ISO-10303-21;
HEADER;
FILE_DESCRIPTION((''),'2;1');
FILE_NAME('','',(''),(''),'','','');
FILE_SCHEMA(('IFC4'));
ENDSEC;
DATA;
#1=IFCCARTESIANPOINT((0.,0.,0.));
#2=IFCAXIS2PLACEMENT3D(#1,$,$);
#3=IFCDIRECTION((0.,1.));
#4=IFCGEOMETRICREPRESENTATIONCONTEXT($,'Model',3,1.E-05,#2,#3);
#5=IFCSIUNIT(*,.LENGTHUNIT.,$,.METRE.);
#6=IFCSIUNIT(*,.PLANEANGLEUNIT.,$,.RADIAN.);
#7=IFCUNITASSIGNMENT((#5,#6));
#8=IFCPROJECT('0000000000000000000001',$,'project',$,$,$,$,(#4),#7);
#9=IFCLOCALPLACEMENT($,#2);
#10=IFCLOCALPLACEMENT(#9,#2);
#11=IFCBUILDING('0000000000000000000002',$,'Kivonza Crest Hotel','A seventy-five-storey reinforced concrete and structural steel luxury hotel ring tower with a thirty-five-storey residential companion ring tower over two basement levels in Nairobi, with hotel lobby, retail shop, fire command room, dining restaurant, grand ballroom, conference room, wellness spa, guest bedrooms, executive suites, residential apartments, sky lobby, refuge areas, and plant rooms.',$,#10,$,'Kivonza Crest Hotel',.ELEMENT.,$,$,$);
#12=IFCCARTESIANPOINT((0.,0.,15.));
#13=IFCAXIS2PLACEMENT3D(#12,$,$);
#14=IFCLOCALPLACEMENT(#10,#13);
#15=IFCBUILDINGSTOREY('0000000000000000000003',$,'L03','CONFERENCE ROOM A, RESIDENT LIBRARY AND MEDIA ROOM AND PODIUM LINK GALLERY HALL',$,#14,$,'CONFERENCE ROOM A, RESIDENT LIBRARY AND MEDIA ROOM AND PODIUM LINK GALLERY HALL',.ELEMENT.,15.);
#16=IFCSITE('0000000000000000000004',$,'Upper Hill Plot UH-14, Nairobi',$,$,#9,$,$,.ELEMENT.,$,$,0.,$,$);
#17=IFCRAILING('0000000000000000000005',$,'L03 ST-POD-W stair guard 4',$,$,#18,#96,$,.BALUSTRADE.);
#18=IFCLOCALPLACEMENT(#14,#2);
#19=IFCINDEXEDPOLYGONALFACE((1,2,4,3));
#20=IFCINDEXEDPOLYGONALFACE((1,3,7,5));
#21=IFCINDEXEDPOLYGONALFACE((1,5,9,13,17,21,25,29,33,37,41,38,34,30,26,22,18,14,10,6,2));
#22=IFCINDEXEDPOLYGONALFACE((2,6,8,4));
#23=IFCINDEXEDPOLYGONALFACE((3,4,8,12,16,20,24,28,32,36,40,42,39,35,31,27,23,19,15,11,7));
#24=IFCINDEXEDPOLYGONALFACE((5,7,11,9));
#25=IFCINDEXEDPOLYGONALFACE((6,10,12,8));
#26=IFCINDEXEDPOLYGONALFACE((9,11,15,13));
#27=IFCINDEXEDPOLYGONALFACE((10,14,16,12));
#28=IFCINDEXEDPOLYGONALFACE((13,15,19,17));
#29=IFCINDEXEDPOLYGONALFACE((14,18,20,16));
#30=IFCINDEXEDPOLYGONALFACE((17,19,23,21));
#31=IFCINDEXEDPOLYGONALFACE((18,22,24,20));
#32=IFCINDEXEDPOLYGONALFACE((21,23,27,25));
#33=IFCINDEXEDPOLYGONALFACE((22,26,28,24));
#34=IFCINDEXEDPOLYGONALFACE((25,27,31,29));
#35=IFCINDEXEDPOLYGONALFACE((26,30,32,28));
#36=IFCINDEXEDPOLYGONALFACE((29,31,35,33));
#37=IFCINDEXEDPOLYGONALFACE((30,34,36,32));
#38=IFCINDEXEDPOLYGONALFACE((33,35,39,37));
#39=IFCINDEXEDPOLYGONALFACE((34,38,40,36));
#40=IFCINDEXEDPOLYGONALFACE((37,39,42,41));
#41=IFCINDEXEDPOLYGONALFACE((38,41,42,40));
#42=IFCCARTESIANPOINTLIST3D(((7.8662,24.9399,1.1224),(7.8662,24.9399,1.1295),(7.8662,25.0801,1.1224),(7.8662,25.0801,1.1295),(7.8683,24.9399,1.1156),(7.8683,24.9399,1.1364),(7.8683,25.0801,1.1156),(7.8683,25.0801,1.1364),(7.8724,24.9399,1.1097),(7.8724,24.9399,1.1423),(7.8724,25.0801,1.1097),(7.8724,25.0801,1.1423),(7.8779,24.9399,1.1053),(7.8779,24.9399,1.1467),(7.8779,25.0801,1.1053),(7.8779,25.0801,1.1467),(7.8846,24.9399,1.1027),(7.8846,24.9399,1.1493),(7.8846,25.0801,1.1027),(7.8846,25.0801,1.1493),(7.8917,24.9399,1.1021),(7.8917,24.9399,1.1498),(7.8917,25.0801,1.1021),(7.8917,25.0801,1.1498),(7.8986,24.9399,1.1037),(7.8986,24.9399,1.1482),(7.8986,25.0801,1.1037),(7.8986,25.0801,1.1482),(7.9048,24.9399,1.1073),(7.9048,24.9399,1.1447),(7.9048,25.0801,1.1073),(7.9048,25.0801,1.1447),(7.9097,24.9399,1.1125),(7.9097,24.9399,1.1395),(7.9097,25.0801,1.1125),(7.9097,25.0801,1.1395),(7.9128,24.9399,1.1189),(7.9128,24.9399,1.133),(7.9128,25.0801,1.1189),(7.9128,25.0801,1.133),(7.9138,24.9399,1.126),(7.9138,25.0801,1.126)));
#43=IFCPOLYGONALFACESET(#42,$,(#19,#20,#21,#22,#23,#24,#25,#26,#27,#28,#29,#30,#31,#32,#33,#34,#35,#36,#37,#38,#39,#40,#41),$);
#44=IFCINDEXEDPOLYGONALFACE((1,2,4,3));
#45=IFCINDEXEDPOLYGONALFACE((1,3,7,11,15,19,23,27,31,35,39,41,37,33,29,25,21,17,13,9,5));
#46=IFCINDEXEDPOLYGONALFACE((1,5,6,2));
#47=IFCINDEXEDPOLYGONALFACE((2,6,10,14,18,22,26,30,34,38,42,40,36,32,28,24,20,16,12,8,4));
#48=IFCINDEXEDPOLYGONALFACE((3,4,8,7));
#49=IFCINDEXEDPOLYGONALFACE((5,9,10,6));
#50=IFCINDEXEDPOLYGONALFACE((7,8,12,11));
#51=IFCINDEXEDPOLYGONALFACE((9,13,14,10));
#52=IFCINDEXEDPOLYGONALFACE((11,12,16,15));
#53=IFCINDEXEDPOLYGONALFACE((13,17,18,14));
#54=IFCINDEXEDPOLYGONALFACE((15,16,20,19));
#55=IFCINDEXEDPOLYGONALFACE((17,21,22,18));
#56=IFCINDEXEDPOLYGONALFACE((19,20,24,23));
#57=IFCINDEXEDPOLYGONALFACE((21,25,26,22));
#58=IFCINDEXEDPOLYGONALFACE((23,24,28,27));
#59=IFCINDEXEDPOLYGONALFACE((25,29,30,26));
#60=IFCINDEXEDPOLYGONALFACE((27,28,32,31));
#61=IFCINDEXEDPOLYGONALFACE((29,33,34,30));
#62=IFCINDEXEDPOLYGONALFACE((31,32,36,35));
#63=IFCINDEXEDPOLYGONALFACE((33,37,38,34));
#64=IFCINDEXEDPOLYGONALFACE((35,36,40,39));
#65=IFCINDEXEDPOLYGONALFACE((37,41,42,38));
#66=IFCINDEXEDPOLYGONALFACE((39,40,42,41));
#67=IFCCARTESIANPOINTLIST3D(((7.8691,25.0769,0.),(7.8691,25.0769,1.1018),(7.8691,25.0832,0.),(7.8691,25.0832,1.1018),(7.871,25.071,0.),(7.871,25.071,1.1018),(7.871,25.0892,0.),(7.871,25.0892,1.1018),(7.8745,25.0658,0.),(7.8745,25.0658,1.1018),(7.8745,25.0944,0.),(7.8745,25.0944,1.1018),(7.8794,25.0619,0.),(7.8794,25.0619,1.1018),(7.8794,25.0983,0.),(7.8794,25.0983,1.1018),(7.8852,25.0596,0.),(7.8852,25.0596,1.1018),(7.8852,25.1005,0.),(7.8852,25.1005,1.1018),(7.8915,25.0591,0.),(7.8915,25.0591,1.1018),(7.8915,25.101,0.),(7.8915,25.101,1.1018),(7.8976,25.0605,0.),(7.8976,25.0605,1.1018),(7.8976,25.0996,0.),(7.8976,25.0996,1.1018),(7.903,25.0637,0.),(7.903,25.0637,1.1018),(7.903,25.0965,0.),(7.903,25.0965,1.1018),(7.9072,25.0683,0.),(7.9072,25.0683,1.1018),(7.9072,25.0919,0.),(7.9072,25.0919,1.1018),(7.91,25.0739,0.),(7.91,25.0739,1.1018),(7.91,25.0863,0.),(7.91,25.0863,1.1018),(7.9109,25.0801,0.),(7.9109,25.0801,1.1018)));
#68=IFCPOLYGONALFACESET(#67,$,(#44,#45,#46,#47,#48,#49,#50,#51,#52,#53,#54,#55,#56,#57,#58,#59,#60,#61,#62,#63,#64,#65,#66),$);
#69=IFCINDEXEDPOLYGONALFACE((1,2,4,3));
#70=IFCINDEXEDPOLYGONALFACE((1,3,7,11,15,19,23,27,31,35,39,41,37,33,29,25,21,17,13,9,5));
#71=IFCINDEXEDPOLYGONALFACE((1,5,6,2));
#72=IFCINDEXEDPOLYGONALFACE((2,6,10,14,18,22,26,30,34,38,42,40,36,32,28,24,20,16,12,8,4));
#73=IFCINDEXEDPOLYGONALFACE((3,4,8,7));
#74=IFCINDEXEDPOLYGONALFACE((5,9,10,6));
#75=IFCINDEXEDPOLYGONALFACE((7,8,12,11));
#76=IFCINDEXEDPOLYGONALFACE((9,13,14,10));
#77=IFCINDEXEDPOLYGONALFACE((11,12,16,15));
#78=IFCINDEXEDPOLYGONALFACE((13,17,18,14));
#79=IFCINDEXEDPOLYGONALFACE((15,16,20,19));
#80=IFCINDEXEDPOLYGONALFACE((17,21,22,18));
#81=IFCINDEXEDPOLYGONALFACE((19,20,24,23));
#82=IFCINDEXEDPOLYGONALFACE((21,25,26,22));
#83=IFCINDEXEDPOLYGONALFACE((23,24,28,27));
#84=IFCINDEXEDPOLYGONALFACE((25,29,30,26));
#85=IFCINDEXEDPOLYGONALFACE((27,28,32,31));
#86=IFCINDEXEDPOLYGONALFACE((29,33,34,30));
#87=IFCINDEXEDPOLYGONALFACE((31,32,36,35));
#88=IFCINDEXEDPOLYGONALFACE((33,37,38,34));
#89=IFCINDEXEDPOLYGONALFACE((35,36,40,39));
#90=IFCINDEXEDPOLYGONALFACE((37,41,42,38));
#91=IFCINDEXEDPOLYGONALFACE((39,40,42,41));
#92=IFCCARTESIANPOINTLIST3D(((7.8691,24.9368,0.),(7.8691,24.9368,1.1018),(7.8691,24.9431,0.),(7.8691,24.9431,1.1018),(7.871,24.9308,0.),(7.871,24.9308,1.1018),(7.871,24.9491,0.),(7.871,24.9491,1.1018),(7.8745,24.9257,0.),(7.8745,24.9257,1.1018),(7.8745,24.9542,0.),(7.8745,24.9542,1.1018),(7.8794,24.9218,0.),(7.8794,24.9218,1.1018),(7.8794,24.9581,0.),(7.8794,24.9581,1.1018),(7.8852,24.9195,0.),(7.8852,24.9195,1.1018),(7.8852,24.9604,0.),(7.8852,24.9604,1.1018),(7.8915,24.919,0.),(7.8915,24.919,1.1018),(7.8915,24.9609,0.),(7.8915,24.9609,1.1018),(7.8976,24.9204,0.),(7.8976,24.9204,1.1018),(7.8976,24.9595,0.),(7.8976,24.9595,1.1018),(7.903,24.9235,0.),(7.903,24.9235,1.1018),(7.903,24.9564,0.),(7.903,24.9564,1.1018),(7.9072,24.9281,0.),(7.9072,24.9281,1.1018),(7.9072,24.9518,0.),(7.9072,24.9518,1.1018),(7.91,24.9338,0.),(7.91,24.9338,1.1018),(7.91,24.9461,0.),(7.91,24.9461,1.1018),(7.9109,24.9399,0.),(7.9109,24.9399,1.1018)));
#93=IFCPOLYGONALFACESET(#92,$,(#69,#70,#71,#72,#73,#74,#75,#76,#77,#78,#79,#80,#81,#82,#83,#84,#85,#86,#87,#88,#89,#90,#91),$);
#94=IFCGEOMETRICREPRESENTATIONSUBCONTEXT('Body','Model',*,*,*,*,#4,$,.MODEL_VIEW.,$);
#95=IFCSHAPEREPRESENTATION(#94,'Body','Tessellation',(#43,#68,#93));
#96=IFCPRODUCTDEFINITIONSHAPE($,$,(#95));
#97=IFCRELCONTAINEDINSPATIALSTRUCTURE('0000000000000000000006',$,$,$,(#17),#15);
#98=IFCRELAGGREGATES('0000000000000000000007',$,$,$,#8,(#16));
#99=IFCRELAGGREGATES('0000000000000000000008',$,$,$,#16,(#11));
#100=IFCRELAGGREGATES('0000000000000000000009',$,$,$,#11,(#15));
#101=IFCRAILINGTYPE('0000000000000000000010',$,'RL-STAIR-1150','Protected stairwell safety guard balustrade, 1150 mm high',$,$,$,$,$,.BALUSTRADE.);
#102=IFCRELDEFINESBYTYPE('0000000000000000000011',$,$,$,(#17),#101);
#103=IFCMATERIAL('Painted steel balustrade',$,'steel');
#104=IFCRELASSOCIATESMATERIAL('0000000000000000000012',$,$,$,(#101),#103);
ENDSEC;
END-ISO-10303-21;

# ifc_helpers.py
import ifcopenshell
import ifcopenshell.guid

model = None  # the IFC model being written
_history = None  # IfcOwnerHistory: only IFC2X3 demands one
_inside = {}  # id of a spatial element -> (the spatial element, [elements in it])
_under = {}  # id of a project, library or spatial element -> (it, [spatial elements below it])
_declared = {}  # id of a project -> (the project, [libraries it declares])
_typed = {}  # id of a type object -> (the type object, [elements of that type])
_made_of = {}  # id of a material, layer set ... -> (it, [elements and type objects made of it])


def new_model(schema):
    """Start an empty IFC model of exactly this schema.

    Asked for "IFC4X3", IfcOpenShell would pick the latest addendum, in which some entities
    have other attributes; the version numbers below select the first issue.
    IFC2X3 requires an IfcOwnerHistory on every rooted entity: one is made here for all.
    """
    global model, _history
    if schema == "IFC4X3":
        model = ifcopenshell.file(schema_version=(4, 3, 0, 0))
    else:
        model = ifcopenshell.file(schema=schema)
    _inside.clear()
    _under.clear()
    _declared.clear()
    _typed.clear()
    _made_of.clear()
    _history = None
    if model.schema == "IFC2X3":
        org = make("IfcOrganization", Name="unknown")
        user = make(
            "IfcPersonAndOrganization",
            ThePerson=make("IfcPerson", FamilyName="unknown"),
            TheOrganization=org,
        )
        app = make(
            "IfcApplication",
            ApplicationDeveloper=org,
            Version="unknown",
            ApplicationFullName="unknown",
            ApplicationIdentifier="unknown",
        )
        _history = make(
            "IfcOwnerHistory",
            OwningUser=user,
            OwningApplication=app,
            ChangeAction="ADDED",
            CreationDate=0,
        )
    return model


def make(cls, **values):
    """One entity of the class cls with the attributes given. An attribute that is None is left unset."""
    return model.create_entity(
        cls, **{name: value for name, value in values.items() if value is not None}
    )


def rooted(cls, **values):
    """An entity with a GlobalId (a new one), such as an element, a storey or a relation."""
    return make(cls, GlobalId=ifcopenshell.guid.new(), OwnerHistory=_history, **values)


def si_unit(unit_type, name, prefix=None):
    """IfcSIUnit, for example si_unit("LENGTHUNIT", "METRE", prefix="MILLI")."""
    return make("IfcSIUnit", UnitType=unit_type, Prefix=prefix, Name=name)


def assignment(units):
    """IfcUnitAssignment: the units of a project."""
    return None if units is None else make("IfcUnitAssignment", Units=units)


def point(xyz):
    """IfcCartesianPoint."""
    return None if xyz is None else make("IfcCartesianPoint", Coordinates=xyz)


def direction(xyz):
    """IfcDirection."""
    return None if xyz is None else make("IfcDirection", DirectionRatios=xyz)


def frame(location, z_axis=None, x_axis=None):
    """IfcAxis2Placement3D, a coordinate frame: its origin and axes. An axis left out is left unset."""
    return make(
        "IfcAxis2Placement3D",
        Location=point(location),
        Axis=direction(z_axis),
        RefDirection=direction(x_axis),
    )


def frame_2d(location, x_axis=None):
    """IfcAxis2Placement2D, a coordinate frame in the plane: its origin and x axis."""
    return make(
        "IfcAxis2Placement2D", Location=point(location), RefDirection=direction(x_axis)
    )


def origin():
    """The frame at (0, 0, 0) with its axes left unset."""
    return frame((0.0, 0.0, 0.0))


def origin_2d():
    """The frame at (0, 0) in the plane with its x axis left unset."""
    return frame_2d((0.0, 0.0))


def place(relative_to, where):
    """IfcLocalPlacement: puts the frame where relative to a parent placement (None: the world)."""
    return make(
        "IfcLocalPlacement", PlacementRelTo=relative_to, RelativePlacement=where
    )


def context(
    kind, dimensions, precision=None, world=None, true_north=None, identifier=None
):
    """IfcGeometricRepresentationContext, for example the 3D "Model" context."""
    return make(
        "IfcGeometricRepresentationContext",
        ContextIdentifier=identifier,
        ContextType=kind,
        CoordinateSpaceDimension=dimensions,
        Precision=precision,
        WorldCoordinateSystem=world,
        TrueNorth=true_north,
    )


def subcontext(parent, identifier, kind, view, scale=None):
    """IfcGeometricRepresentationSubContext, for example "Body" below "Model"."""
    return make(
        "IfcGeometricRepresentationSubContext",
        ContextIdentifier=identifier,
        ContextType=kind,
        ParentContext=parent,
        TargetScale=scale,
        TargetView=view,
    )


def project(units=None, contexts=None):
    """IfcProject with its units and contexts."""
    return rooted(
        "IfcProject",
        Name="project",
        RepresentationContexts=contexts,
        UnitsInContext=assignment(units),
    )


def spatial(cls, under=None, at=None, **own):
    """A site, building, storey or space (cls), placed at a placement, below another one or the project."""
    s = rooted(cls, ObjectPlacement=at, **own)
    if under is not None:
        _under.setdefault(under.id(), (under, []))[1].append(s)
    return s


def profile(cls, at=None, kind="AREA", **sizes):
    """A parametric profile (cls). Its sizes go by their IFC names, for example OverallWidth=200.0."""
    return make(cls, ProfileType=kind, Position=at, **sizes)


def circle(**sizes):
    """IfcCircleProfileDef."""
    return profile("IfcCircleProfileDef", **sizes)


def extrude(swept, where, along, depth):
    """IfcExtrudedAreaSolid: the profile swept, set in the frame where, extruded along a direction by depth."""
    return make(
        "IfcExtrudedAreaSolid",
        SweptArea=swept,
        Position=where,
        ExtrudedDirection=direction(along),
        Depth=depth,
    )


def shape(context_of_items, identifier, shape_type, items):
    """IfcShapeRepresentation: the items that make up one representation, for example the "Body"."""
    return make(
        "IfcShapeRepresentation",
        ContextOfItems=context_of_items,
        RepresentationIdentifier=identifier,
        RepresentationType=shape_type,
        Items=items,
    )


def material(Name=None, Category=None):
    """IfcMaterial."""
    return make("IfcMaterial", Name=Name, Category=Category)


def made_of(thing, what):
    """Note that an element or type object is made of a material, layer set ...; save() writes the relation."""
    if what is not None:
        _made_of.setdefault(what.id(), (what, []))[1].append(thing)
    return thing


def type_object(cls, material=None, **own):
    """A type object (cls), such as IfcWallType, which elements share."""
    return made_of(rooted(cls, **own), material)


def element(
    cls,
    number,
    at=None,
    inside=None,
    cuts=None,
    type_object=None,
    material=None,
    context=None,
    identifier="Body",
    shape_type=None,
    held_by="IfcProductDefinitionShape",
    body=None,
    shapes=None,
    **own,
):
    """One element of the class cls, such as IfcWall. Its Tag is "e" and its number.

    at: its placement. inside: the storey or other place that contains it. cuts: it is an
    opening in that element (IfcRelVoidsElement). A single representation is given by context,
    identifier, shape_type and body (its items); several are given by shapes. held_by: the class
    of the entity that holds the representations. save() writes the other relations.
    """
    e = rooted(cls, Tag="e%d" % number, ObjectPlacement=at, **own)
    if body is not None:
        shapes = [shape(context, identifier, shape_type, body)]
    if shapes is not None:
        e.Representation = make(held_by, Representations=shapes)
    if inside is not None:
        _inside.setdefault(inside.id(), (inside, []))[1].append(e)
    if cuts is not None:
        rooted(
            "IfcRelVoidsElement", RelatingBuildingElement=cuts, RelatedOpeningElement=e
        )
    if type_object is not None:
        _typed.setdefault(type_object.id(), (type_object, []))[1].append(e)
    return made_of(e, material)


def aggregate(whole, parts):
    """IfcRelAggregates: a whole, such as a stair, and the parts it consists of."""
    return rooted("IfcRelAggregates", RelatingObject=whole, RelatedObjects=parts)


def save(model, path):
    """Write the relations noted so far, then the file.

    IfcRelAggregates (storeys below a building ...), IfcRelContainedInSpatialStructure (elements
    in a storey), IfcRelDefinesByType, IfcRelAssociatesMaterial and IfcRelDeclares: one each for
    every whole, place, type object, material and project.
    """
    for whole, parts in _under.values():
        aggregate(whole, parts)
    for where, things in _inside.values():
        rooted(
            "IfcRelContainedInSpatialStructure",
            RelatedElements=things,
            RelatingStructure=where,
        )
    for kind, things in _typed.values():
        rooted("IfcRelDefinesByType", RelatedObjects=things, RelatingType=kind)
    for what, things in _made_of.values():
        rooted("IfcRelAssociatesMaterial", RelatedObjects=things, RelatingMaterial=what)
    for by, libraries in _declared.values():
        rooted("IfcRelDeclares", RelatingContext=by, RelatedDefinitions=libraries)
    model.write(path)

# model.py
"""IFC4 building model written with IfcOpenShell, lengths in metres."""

from ifc_helpers import new_model, si_unit, direction, frame, origin, origin_2d, place, context, subcontext, project, spatial, circle, extrude, material, type_object, element, save


model = new_model("IFC4")

# Units and contexts
model_context = context("Model", 3, precision=1e-05, world=origin(), true_north=direction((0.0, 1.0)))
body_context = subcontext(model_context, "Body", "Model", "MODEL_VIEW")
ifc_project = project(units=[si_unit("LENGTHUNIT", "METRE"), si_unit("PLANEANGLEUNIT", "RADIAN")], contexts=[model_context])

# Site, building, storey
site_placement = place(None, origin())
site = spatial("IfcSite", under=ifc_project, at=site_placement, Name="Upper Hill Plot UH-14, Nairobi", CompositionType="ELEMENT", RefElevation=0.0)
building_placement = place(site_placement, origin())
building = spatial("IfcBuilding", under=site, at=building_placement, Name="Kivonza Crest Hotel", Description="A seventy-five-storey reinforced concrete and structural steel luxury hotel ring tower with a thirty-five-storey residential companion ring tower over two basement levels in Nairobi, with hotel lobby, retail shop, fire command room, dining restaurant, grand ballroom, conference room, wellness spa, guest bedrooms, executive suites, residential apartments, sky lobby, refuge areas, and plant rooms.", LongName="Kivonza Crest Hotel", CompositionType="ELEMENT")
storey_placement = place(building_placement, frame((0.0, 0.0, 15.0)))
storey = spatial("IfcBuildingStorey", under=building, at=storey_placement, Name="L03", Description="CONFERENCE ROOM A, RESIDENT LIBRARY AND MEDIA ROOM AND PODIUM LINK GALLERY HALL", LongName="CONFERENCE ROOM A, RESIDENT LIBRARY AND MEDIA ROOM AND PODIUM LINK GALLERY HALL", CompositionType="ELEMENT", Elevation=15.0)

# Railing
ifc_material_1 = material(Name="Painted steel balustrade", Category="steel")
railing_type_1 = type_object("IfcRailingType", Name="RL-STAIR-1150", Description="Protected stairwell safety guard balustrade, 1150 mm high", PredefinedType="BALUSTRADE", material=ifc_material_1)
railing_1_placement = place(storey_placement, frame((7.8899, 25.0801, 0.0)))
element("IfcRailing", 1, at=railing_1_placement, inside=storey, type_object=railing_type_1, Name="L03 ST-POD-W stair guard 4", PredefinedType="BALUSTRADE", context=body_context, shape_type="SweptSolid", body=[
    extrude(circle(Radius=0.0239, at=origin_2d()), frame((0.0, 0.0, 1.126), z_axis=(0.0, -1.0, 0.0), x_axis=(1.0, 0.0, 0.0)), (0.0, 0.0, 1.0), 0.1401),
    extrude(circle(Radius=0.021, at=origin_2d()), origin(), (0.0, 0.0, 1.0), 1.1018),
    extrude(circle(Radius=0.021, at=origin_2d()), frame((0.0, -0.1401, 0.0)), (0.0, 0.0, 1.0), 1.1018),
])

save(model, "model.ifc")
